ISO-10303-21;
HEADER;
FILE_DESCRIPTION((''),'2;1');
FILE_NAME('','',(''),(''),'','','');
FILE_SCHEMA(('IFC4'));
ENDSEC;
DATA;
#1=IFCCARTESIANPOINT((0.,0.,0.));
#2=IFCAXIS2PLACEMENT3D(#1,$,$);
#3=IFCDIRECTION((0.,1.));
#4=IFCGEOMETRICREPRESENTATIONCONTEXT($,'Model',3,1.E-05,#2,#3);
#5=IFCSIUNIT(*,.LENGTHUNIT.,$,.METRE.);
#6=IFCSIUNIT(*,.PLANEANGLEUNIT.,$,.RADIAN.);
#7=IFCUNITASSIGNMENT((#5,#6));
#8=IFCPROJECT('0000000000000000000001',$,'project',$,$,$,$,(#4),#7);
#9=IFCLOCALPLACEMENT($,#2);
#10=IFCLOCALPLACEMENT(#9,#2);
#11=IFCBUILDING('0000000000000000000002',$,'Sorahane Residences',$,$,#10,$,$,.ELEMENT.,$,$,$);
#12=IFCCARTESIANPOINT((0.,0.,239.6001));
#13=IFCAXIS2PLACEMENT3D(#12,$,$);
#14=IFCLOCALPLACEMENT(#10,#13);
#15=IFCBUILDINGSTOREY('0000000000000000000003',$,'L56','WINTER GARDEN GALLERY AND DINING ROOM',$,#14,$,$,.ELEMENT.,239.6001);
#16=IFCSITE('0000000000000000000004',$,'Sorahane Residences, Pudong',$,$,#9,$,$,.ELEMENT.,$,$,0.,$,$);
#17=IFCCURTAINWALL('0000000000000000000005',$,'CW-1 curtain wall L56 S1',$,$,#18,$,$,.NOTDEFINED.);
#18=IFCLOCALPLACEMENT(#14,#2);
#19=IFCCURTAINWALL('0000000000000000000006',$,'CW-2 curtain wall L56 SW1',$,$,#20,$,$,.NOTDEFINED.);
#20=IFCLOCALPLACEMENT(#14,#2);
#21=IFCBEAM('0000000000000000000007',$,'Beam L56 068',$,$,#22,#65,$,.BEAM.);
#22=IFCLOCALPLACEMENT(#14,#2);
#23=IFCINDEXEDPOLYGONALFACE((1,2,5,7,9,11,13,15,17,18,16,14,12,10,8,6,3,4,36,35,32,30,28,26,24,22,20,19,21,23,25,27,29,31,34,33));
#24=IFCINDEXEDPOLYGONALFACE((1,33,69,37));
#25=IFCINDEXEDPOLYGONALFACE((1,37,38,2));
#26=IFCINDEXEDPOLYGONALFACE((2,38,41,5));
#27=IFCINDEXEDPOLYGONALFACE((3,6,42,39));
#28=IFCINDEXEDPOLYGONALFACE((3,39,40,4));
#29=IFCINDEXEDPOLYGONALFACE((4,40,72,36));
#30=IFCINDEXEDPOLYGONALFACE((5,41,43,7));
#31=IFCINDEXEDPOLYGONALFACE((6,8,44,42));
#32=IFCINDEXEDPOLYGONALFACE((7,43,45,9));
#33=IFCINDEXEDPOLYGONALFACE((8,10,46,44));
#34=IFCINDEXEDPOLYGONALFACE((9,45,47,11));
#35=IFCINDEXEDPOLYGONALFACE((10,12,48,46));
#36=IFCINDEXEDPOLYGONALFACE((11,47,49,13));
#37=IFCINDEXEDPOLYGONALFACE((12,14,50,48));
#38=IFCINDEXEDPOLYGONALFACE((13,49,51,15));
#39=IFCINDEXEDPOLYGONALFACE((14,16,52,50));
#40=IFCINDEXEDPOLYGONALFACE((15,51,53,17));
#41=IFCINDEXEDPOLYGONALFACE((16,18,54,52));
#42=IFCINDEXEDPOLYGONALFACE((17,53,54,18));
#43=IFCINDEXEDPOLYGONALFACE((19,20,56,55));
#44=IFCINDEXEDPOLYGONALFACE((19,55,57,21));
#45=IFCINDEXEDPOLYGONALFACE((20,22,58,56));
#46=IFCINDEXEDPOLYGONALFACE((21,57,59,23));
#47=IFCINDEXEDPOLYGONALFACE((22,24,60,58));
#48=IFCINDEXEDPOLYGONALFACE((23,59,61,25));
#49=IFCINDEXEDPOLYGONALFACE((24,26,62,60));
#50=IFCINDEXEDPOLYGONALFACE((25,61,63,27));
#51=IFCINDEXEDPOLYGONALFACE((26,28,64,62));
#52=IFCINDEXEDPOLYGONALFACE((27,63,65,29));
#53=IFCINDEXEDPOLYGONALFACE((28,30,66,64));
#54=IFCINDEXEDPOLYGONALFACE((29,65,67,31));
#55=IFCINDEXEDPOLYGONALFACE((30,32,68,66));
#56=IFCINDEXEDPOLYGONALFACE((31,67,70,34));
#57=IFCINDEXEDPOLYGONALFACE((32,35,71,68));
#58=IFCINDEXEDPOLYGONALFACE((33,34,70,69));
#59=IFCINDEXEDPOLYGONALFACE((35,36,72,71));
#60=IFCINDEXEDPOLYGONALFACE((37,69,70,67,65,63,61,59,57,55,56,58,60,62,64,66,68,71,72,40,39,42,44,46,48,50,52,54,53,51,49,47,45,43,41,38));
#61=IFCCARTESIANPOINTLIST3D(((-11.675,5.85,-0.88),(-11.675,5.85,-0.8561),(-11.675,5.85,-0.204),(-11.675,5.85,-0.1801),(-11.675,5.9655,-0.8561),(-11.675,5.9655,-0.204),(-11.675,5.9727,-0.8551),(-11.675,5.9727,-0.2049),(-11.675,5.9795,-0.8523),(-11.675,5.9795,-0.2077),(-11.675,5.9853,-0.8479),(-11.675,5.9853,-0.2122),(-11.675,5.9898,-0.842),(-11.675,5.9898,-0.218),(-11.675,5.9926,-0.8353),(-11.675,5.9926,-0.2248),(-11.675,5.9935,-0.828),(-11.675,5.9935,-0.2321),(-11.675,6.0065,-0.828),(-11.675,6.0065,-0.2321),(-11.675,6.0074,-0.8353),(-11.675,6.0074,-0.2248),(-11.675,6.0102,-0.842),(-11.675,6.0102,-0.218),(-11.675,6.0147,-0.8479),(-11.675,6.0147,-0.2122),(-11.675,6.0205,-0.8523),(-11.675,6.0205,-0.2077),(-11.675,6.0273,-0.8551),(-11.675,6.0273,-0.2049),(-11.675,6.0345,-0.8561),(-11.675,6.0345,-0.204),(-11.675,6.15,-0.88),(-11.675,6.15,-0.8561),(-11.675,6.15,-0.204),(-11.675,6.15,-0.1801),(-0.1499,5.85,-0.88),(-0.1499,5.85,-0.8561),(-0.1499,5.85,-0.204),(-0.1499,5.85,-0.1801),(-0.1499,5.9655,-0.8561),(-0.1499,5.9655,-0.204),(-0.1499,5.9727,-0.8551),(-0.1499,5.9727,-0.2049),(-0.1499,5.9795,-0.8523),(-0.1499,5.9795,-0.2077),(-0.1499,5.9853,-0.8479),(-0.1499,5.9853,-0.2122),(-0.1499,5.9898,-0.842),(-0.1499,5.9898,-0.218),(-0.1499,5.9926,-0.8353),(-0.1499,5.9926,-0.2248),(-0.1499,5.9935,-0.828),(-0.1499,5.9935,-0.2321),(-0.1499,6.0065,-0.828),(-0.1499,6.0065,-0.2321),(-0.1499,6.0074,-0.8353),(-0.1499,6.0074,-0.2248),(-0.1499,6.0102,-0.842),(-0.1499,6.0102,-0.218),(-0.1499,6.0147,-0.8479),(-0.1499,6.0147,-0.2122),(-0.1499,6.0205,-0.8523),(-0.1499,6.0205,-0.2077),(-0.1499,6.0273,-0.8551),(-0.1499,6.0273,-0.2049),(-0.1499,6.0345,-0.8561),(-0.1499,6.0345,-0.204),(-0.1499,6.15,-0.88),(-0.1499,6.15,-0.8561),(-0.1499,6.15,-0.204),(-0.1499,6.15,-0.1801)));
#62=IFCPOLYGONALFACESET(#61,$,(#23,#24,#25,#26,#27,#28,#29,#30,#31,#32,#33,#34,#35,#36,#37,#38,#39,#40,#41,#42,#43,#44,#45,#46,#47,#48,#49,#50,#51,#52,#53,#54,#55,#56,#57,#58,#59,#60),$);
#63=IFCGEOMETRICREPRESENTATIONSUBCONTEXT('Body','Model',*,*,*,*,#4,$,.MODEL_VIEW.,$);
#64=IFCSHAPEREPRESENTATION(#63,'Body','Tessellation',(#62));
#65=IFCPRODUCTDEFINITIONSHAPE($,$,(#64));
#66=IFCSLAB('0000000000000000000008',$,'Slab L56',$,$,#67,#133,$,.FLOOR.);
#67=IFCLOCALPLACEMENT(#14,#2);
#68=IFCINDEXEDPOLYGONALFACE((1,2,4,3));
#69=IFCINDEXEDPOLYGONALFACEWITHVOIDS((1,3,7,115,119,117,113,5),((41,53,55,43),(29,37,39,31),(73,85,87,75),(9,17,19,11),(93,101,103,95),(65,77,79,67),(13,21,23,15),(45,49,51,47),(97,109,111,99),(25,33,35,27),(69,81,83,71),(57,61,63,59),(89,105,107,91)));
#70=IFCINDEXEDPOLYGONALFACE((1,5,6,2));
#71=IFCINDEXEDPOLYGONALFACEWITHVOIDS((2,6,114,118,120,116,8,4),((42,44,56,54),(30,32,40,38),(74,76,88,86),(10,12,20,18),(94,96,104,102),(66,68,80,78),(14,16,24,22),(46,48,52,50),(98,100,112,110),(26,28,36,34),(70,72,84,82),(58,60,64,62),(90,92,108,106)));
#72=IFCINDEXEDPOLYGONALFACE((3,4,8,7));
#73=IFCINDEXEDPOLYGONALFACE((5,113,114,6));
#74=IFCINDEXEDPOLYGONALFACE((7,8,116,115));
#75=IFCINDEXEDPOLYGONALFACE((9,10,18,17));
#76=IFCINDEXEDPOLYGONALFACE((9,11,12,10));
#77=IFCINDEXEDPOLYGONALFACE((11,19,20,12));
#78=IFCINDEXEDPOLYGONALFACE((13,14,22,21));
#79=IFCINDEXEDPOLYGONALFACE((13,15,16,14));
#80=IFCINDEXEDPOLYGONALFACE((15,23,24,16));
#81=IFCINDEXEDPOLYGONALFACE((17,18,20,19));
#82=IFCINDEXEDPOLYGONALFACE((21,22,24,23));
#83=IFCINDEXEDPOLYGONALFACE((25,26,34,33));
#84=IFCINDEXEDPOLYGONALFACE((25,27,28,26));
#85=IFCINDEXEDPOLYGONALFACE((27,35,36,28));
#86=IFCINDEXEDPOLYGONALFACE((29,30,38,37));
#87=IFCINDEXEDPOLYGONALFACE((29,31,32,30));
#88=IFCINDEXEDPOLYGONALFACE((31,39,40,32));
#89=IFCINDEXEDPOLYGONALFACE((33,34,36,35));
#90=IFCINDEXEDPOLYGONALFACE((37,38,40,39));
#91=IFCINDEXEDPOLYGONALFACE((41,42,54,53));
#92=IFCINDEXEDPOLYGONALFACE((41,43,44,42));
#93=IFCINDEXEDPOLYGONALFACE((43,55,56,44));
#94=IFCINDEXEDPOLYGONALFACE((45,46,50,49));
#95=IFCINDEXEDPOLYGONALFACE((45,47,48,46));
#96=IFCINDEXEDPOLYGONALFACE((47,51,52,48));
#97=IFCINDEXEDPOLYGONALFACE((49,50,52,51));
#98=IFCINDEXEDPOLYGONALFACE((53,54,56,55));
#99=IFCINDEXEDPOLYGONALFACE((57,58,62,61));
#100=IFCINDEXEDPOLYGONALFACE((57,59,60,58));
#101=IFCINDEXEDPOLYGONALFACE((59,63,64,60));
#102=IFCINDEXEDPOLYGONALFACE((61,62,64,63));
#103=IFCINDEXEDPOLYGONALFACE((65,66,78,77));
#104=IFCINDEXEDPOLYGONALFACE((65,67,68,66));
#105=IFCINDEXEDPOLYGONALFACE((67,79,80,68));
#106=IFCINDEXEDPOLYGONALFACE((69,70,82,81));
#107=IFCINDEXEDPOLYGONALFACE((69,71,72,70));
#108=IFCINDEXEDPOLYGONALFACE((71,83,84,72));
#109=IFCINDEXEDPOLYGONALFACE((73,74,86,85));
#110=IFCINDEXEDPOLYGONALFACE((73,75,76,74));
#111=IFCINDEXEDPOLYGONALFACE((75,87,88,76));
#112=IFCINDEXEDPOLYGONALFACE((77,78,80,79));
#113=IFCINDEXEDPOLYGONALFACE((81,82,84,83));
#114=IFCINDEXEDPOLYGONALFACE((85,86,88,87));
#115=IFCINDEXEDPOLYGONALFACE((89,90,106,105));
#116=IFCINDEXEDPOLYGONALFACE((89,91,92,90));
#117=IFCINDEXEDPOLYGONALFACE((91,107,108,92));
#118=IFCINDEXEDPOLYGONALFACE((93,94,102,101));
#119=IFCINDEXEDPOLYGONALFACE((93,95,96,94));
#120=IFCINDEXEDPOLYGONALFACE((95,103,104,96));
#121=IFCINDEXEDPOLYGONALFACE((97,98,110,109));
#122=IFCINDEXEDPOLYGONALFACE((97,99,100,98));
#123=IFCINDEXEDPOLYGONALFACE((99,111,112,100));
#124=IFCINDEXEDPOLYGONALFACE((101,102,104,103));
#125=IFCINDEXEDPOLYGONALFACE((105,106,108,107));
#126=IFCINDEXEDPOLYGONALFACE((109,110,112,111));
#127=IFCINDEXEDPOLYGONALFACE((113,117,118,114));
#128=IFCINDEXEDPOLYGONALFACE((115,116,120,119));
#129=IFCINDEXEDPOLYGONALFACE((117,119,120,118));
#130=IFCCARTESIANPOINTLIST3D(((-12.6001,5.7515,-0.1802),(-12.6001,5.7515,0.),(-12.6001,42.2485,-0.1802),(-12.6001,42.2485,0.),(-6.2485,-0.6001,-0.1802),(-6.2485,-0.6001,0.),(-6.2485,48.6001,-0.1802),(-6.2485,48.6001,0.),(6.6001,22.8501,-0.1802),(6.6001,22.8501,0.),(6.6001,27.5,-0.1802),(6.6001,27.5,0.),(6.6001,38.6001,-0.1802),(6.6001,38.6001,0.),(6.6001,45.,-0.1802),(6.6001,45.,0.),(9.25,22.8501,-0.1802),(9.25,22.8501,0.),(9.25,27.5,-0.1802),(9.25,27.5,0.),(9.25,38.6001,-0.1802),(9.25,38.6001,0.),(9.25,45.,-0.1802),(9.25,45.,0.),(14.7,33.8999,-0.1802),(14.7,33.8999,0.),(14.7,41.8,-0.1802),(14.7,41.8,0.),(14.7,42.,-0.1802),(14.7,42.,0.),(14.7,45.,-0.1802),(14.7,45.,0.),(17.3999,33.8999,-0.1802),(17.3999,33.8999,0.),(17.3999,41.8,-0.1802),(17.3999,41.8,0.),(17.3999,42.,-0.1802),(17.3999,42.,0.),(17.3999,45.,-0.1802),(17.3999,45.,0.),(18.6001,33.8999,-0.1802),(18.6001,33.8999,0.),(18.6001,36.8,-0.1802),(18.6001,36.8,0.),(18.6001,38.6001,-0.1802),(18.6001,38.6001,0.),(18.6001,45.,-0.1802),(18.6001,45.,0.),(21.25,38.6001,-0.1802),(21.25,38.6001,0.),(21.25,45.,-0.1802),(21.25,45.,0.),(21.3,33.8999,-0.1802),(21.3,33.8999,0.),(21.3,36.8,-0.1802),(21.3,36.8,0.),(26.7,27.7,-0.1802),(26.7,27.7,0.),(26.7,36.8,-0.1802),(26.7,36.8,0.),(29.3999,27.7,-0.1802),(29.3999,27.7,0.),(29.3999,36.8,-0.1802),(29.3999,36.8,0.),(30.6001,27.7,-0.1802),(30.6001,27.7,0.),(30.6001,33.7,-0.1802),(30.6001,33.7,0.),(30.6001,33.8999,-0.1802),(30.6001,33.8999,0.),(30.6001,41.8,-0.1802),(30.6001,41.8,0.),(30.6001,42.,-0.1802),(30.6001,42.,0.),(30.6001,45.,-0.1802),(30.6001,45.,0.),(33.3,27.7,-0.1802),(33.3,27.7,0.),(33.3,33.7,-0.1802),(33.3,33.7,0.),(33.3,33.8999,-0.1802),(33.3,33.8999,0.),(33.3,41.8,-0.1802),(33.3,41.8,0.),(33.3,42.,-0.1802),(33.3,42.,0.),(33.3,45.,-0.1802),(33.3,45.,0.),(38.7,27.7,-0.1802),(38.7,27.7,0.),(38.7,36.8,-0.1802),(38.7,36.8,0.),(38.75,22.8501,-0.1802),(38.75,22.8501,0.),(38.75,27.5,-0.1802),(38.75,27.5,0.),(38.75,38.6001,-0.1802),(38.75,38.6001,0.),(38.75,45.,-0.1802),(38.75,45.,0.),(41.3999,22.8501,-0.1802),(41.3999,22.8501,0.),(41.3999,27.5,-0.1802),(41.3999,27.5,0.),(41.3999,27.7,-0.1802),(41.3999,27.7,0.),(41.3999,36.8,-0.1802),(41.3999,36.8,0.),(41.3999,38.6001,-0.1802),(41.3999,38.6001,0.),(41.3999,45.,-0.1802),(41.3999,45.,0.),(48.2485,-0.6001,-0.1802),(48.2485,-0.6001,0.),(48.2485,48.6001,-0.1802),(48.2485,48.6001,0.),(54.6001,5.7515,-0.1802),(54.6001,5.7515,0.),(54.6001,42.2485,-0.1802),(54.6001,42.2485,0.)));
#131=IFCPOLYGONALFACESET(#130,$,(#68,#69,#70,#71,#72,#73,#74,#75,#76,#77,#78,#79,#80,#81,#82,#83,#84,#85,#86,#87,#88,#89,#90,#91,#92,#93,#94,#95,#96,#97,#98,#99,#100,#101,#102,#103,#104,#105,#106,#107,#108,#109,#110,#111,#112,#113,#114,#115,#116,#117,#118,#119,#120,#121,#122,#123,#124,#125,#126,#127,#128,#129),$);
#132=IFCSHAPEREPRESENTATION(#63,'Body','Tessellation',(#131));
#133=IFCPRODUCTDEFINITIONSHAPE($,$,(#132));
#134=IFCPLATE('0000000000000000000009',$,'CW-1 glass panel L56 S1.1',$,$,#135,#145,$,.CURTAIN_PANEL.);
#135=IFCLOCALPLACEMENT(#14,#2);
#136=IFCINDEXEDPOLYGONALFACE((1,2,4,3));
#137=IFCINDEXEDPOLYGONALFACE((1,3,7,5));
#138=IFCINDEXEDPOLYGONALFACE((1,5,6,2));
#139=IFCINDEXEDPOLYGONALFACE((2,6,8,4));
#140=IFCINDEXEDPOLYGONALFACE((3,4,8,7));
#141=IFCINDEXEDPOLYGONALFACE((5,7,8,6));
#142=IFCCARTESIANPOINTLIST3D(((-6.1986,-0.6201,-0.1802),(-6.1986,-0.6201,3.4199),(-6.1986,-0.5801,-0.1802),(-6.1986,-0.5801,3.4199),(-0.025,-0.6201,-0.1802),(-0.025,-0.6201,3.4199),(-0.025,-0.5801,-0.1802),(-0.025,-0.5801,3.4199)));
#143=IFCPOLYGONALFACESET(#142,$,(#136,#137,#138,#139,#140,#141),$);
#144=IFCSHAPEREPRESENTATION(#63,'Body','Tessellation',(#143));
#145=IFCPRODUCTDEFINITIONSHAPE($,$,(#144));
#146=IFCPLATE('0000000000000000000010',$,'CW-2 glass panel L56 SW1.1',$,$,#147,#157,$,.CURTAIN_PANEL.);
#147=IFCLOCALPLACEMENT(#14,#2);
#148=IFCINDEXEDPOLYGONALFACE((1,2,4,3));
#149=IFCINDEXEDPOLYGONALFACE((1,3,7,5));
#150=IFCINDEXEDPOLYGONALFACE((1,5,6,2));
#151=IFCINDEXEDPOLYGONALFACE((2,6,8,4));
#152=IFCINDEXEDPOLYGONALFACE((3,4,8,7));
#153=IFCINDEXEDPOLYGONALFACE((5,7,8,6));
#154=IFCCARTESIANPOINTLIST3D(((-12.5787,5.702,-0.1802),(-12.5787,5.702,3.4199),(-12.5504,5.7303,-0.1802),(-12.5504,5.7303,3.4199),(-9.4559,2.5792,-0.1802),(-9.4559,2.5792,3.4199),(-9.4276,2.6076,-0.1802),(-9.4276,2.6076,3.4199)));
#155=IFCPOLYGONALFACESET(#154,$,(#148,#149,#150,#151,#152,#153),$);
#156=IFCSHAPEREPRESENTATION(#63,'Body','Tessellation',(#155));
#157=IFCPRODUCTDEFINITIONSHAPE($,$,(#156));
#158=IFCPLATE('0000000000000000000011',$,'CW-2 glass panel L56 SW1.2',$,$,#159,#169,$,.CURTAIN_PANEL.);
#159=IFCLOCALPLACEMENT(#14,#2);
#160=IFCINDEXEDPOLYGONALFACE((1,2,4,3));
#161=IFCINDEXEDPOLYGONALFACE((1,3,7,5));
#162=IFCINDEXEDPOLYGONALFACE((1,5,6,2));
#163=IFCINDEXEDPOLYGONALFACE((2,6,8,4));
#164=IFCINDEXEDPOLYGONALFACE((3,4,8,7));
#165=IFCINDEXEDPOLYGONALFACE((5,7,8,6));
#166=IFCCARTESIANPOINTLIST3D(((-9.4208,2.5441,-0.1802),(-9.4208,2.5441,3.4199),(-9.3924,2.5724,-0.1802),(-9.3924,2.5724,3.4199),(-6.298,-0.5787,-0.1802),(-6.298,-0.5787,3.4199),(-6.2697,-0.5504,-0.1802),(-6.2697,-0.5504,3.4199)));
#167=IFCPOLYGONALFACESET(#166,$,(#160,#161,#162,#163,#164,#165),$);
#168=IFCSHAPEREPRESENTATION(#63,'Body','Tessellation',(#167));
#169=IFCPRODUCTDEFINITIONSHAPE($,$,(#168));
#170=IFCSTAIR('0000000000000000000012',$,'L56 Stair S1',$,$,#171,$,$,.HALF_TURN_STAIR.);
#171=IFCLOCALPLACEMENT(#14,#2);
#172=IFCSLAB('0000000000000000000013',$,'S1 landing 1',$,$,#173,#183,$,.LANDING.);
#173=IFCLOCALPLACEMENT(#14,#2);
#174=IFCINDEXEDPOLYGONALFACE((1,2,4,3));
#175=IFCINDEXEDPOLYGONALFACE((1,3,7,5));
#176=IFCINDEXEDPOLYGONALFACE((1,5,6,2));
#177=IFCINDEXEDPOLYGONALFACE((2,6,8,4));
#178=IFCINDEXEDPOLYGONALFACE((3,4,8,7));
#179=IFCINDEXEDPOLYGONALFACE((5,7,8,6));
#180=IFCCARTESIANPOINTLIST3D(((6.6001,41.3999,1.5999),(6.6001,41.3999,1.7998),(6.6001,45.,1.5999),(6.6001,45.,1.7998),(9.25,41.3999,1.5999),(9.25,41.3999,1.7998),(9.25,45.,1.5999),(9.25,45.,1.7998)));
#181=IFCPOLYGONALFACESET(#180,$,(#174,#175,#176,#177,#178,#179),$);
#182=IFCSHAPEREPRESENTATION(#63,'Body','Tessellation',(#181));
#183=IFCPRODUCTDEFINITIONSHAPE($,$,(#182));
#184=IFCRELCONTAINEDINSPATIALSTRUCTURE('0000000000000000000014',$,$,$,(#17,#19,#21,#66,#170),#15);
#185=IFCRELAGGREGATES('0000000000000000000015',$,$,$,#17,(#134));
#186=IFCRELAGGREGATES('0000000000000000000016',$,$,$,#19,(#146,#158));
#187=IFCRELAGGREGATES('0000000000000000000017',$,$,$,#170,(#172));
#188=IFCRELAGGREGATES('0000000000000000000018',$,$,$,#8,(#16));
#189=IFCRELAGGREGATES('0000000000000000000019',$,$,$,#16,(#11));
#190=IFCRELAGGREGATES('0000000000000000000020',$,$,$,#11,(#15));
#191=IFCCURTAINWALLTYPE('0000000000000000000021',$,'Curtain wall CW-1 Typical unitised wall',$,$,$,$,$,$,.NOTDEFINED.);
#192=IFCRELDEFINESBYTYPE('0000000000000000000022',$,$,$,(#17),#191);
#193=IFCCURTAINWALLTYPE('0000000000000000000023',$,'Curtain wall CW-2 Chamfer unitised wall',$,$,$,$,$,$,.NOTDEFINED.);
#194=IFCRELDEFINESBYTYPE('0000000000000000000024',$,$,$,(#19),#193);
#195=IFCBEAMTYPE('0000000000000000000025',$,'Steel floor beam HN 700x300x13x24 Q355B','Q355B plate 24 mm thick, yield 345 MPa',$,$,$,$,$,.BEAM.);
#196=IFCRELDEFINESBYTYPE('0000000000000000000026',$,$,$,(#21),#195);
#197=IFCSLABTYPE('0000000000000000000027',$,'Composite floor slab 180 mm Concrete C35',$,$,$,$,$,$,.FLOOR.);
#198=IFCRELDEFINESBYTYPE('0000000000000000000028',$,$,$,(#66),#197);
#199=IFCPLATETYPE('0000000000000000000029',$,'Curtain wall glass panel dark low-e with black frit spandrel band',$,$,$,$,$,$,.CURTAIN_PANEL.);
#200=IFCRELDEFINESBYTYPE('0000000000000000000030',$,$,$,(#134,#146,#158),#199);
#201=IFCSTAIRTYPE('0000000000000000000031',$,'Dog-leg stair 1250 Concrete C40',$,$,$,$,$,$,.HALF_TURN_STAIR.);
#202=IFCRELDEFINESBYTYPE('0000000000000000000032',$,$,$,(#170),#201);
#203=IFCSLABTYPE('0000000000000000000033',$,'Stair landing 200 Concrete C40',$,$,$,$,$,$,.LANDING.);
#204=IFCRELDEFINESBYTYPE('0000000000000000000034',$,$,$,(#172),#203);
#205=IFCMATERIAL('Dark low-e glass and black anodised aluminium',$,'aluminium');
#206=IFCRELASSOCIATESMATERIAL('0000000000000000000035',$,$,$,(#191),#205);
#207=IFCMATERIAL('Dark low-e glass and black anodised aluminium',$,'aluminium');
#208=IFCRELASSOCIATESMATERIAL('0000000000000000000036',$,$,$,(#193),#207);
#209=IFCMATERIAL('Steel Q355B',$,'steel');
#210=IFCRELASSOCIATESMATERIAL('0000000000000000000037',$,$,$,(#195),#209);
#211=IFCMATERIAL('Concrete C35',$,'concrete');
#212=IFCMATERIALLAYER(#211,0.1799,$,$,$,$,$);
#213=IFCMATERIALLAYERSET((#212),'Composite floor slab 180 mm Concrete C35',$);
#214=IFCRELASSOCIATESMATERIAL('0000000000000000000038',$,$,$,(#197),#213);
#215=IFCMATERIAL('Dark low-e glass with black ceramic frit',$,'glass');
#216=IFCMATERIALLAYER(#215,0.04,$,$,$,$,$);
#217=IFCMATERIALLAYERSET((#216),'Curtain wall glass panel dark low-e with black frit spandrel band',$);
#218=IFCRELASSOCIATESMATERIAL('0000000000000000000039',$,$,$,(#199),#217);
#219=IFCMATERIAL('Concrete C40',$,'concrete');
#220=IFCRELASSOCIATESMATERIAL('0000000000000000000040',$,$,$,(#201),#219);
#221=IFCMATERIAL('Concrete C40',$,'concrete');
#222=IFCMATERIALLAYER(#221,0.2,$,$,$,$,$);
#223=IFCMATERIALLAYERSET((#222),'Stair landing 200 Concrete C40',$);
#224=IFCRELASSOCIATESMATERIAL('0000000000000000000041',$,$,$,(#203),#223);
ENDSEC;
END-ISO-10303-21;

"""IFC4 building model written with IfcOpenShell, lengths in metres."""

from ifc_helpers import new_model, si_unit, direction, frame, origin, origin_2d, place, context, subcontext, project, spatial, polyline, rectangle, i_section, outline, extrude, material, layer, layer_set, material_profile, profile_set, type_object, element, aggregate, save


model = new_model("IFC4")

# Units and contexts
model_context = context("Model", 3, precision=1e-05, world=origin(), true_north=direction((0.0, 1.0)))
body_context = subcontext(model_context, "Body", "Model", "MODEL_VIEW")
ifc_project = project(units=[si_unit("LENGTHUNIT", "METRE"), si_unit("PLANEANGLEUNIT", "RADIAN")], contexts=[model_context])

# Site, building, storey
site_placement = place(None, origin())
site = spatial("IfcSite", under=ifc_project, at=site_placement, Name="Sorahane Residences, Pudong", CompositionType="ELEMENT", RefElevation=0.0)
building_placement = place(site_placement, origin())
building = spatial("IfcBuilding", under=site, at=building_placement, Name="Sorahane Residences", CompositionType="ELEMENT")
storey_placement = place(building_placement, frame((0.0, 0.0, 239.6001)))
storey = spatial("IfcBuildingStorey", under=building, at=storey_placement, Name="L56", Description="WINTER GARDEN GALLERY AND DINING ROOM", CompositionType="ELEMENT", Elevation=239.6001)

# Curtain wall
ifc_material_1 = material(Name="Dark low-e glass and black anodised aluminium", Category="aluminium")
curtain_wall_type_1 = type_object("IfcCurtainWallType", Name="Curtain wall CW-1 Typical unitised wall", PredefinedType="NOTDEFINED", material=ifc_material_1)
curtain_wall_1_placement = place(storey_placement, origin())
curtain_wall_1 = element("IfcCurtainWall", 1, at=curtain_wall_1_placement, inside=storey, type_object=curtain_wall_type_1, Name="CW-1 curtain wall L56 S1", PredefinedType="NOTDEFINED")

# Curtain wall
ifc_material_2 = material(Name="Dark low-e glass and black anodised aluminium", Category="aluminium")
curtain_wall_type_2 = type_object("IfcCurtainWallType", Name="Curtain wall CW-2 Chamfer unitised wall", PredefinedType="NOTDEFINED", material=ifc_material_2)
curtain_wall_2_placement = place(storey_placement, origin())
curtain_wall_2 = element("IfcCurtainWall", 2, at=curtain_wall_2_placement, inside=storey, type_object=curtain_wall_type_2, Name="CW-2 curtain wall L56 SW1", PredefinedType="NOTDEFINED")

# Beam
ifc_material_3 = material(Name="Steel Q355B", Category="steel")
ifc_material_profile_1 = material_profile(ifc_material_3, i_section(OverallWidth=0.3, OverallDepth=0.7, WebThickness=0.0129, FlangeThickness=0.0239, FilletRadius=0.0281, at=origin_2d()), Name="HN 700x300x13x24")
ifc_profile_set_1 = profile_set([ifc_material_profile_1], Name="Steel Q355B")
beam_type_1 = type_object("IfcBeamType", Name="Steel floor beam HN 700x300x13x24 Q355B", Description="Q355B plate 24 mm thick, yield 345 MPa", PredefinedType="BEAM", material=ifc_profile_set_1)
beam_1_placement = place(storey_placement, frame((-11.675, 6.0, -0.53), z_axis=(1.0, 0.0, 0.0), x_axis=(0.0, 1.0, 0.0)))
element("IfcBeam", 3, at=beam_1_placement, inside=storey, type_object=beam_type_1, Name="Beam L56 068", PredefinedType="BEAM", context=body_context, shape_type="SweptSolid", body=[
    extrude(i_section(OverallWidth=0.3, OverallDepth=0.7, WebThickness=0.0129, FlangeThickness=0.0239, FilletRadius=0.0281, at=origin_2d()), origin(), (0.0, 0.0, 1.0), 11.5251),
])

# Slab
ifc_material_4 = material(Name="Concrete C35", Category="concrete")
ifc_layer_1 = layer(ifc_material_4, 0.1799)
ifc_layer_set_1 = layer_set([ifc_layer_1], Name="Composite floor slab 180 mm Concrete C35")
slab_type_1 = type_object("IfcSlabType", Name="Composite floor slab 180 mm Concrete C35", PredefinedType="FLOOR", material=ifc_layer_set_1)
slab_1_placement = place(storey_placement, frame((0.0, 0.0, -0.1802)))
element("IfcSlab", 4, at=slab_1_placement, inside=storey, type_object=slab_type_1, Name="Slab L56", PredefinedType="FLOOR", context=body_context, shape_type="SweptSolid", body=[
    extrude(outline(polyline([(-6.2485, -0.6001), (-12.6001, 5.7515), (-12.6001, 42.2485), (-6.2485, 48.6001), (48.2485, 48.6001), (54.6001, 42.2485), (54.6001, 5.7515), (48.2485, -0.6001), (-6.2485, -0.6001)]), holes=[polyline([(38.7, 27.7), (41.3999, 27.7), (41.3999, 36.8), (38.7, 36.8), (38.7, 27.7)]), polyline([(30.6001, 27.7), (33.3, 27.7), (33.3, 33.7), (30.6001, 33.7), (30.6001, 27.7)]), polyline([(30.6001, 42.0), (33.3, 42.0), (33.3, 45.0), (30.6001, 45.0), (30.6001, 42.0)]), polyline([(14.7, 42.0), (17.3999, 42.0), (17.3999, 45.0), (14.7, 45.0), (14.7, 42.0)]), polyline([(9.25, 38.6001), (9.25, 45.0), (6.6001, 45.0), (6.6001, 38.6001), (9.25, 38.6001)]), polyline([(41.3999, 38.6001), (41.3999, 45.0), (38.75, 45.0), (38.75, 38.6001), (41.3999, 38.6001)]), polyline([(21.25, 38.6001), (21.25, 45.0), (18.6001, 45.0), (18.6001, 38.6001), (21.25, 38.6001)]), polyline([(9.25, 22.8501), (9.25, 27.5), (6.6001, 27.5), (6.6001, 22.8501), (9.25, 22.8501)]), polyline([(41.3999, 22.8501), (41.3999, 27.5), (38.75, 27.5), (38.75, 22.8501), (41.3999, 22.8501)]), polyline([(14.7, 33.8999), (17.3999, 33.8999), (17.3999, 41.8), (14.7, 41.8), (14.7, 33.8999)]), polyline([(30.6001, 33.8999), (33.3, 33.8999), (33.3, 41.8), (30.6001, 41.8), (30.6001, 33.8999)]), polyline([(18.6001, 33.8999), (21.3, 33.8999), (21.3, 36.8), (18.6001, 36.8), (18.6001, 33.8999)]), polyline([(26.7, 27.7), (29.3999, 27.7), (29.3999, 36.8), (26.7, 36.8), (26.7, 27.7)])]), origin(), (0.0, 0.0, 1.0), 0.1802),
])

# Plates
ifc_material_5 = material(Name="Dark low-e glass with black ceramic frit", Category="glass")
ifc_layer_2 = layer(ifc_material_5, 0.04)
ifc_layer_set_2 = layer_set([ifc_layer_2], Name="Curtain wall glass panel dark low-e with black frit spandrel band")
plate_type = type_object("IfcPlateType", Name="Curtain wall glass panel dark low-e with black frit spandrel band", PredefinedType="CURTAIN_PANEL", material=ifc_layer_set_2)
plate_1_placement = place(storey_placement, frame((-3.1118, -0.6001, -0.1802), z_axis=(0.0, 0.0, 1.0), x_axis=(1.0, 0.0, 0.0)))
plate_1 = element("IfcPlate", 5, at=plate_1_placement, type_object=plate_type, Name="CW-1 glass panel L56 S1.1", PredefinedType="CURTAIN_PANEL", context=body_context, shape_type="SweptSolid", body=[
    extrude(rectangle(XDim=6.1736, YDim=0.04, at=origin_2d()), origin(), (0.0, 0.0, 1.0), 3.6001),
])
aggregate(curtain_wall_1, [plate_1])
plate_2_placement = place(storey_placement, frame((-11.0032, 4.1548, -0.1802), z_axis=(0.0, 0.0, 1.0), x_axis=(0.707107, -0.707107, 0.0)))
plate_2 = element("IfcPlate", 6, at=plate_2_placement, type_object=plate_type, Name="CW-2 glass panel L56 SW1.1", PredefinedType="CURTAIN_PANEL", context=body_context, shape_type="SweptSolid", body=[
    extrude(rectangle(XDim=4.4163, YDim=0.04, at=origin_2d()), origin(), (0.0, 0.0, 1.0), 3.6001),
])
plate_3_placement = place(storey_placement, frame((-7.8452, 0.9968, -0.1802), z_axis=(0.0, 0.0, 1.0), x_axis=(0.707107, -0.707107, 0.0)))
plate_3 = element("IfcPlate", 7, at=plate_3_placement, type_object=plate_type, Name="CW-2 glass panel L56 SW1.2", PredefinedType="CURTAIN_PANEL", context=body_context, shape_type="SweptSolid", body=[
    extrude(rectangle(XDim=4.4163, YDim=0.04, at=origin_2d()), origin(), (0.0, 0.0, 1.0), 3.6001),
])
aggregate(curtain_wall_2, [plate_2, plate_3])

# Stair, slab
ifc_material_6 = material(Name="Concrete C40", Category="concrete")
stair_type = type_object("IfcStairType", Name="Dog-leg stair 1250 Concrete C40", PredefinedType="HALF_TURN_STAIR", material=ifc_material_6)
stair_1_placement = place(storey_placement, origin())
stair_1 = element("IfcStair", 8, at=stair_1_placement, inside=storey, type_object=stair_type, Name="L56 Stair S1", PredefinedType="HALF_TURN_STAIR")
ifc_material_7 = material(Name="Concrete C40", Category="concrete")
ifc_layer_3 = layer(ifc_material_7, 0.2)
ifc_layer_set_3 = layer_set([ifc_layer_3], Name="Stair landing 200 Concrete C40")
slab_type_2 = type_object("IfcSlabType", Name="Stair landing 200 Concrete C40", PredefinedType="LANDING", material=ifc_layer_set_3)
slab_2_placement = place(storey_placement, frame((0.0, 0.0, 1.5999)))
slab_2 = element("IfcSlab", 9, at=slab_2_placement, type_object=slab_type_2, Name="S1 landing 1", PredefinedType="LANDING", context=body_context, shape_type="SweptSolid", body=[
    extrude(outline(polyline([(9.25, 41.3999), (9.25, 45.0), (6.6001, 45.0), (6.6001, 41.3999), (9.25, 41.3999)])), origin(), (0.0, 0.0, 1.0), 0.2),
])
aggregate(stair_1, [slab_2])

save(model, "model.ifc")
